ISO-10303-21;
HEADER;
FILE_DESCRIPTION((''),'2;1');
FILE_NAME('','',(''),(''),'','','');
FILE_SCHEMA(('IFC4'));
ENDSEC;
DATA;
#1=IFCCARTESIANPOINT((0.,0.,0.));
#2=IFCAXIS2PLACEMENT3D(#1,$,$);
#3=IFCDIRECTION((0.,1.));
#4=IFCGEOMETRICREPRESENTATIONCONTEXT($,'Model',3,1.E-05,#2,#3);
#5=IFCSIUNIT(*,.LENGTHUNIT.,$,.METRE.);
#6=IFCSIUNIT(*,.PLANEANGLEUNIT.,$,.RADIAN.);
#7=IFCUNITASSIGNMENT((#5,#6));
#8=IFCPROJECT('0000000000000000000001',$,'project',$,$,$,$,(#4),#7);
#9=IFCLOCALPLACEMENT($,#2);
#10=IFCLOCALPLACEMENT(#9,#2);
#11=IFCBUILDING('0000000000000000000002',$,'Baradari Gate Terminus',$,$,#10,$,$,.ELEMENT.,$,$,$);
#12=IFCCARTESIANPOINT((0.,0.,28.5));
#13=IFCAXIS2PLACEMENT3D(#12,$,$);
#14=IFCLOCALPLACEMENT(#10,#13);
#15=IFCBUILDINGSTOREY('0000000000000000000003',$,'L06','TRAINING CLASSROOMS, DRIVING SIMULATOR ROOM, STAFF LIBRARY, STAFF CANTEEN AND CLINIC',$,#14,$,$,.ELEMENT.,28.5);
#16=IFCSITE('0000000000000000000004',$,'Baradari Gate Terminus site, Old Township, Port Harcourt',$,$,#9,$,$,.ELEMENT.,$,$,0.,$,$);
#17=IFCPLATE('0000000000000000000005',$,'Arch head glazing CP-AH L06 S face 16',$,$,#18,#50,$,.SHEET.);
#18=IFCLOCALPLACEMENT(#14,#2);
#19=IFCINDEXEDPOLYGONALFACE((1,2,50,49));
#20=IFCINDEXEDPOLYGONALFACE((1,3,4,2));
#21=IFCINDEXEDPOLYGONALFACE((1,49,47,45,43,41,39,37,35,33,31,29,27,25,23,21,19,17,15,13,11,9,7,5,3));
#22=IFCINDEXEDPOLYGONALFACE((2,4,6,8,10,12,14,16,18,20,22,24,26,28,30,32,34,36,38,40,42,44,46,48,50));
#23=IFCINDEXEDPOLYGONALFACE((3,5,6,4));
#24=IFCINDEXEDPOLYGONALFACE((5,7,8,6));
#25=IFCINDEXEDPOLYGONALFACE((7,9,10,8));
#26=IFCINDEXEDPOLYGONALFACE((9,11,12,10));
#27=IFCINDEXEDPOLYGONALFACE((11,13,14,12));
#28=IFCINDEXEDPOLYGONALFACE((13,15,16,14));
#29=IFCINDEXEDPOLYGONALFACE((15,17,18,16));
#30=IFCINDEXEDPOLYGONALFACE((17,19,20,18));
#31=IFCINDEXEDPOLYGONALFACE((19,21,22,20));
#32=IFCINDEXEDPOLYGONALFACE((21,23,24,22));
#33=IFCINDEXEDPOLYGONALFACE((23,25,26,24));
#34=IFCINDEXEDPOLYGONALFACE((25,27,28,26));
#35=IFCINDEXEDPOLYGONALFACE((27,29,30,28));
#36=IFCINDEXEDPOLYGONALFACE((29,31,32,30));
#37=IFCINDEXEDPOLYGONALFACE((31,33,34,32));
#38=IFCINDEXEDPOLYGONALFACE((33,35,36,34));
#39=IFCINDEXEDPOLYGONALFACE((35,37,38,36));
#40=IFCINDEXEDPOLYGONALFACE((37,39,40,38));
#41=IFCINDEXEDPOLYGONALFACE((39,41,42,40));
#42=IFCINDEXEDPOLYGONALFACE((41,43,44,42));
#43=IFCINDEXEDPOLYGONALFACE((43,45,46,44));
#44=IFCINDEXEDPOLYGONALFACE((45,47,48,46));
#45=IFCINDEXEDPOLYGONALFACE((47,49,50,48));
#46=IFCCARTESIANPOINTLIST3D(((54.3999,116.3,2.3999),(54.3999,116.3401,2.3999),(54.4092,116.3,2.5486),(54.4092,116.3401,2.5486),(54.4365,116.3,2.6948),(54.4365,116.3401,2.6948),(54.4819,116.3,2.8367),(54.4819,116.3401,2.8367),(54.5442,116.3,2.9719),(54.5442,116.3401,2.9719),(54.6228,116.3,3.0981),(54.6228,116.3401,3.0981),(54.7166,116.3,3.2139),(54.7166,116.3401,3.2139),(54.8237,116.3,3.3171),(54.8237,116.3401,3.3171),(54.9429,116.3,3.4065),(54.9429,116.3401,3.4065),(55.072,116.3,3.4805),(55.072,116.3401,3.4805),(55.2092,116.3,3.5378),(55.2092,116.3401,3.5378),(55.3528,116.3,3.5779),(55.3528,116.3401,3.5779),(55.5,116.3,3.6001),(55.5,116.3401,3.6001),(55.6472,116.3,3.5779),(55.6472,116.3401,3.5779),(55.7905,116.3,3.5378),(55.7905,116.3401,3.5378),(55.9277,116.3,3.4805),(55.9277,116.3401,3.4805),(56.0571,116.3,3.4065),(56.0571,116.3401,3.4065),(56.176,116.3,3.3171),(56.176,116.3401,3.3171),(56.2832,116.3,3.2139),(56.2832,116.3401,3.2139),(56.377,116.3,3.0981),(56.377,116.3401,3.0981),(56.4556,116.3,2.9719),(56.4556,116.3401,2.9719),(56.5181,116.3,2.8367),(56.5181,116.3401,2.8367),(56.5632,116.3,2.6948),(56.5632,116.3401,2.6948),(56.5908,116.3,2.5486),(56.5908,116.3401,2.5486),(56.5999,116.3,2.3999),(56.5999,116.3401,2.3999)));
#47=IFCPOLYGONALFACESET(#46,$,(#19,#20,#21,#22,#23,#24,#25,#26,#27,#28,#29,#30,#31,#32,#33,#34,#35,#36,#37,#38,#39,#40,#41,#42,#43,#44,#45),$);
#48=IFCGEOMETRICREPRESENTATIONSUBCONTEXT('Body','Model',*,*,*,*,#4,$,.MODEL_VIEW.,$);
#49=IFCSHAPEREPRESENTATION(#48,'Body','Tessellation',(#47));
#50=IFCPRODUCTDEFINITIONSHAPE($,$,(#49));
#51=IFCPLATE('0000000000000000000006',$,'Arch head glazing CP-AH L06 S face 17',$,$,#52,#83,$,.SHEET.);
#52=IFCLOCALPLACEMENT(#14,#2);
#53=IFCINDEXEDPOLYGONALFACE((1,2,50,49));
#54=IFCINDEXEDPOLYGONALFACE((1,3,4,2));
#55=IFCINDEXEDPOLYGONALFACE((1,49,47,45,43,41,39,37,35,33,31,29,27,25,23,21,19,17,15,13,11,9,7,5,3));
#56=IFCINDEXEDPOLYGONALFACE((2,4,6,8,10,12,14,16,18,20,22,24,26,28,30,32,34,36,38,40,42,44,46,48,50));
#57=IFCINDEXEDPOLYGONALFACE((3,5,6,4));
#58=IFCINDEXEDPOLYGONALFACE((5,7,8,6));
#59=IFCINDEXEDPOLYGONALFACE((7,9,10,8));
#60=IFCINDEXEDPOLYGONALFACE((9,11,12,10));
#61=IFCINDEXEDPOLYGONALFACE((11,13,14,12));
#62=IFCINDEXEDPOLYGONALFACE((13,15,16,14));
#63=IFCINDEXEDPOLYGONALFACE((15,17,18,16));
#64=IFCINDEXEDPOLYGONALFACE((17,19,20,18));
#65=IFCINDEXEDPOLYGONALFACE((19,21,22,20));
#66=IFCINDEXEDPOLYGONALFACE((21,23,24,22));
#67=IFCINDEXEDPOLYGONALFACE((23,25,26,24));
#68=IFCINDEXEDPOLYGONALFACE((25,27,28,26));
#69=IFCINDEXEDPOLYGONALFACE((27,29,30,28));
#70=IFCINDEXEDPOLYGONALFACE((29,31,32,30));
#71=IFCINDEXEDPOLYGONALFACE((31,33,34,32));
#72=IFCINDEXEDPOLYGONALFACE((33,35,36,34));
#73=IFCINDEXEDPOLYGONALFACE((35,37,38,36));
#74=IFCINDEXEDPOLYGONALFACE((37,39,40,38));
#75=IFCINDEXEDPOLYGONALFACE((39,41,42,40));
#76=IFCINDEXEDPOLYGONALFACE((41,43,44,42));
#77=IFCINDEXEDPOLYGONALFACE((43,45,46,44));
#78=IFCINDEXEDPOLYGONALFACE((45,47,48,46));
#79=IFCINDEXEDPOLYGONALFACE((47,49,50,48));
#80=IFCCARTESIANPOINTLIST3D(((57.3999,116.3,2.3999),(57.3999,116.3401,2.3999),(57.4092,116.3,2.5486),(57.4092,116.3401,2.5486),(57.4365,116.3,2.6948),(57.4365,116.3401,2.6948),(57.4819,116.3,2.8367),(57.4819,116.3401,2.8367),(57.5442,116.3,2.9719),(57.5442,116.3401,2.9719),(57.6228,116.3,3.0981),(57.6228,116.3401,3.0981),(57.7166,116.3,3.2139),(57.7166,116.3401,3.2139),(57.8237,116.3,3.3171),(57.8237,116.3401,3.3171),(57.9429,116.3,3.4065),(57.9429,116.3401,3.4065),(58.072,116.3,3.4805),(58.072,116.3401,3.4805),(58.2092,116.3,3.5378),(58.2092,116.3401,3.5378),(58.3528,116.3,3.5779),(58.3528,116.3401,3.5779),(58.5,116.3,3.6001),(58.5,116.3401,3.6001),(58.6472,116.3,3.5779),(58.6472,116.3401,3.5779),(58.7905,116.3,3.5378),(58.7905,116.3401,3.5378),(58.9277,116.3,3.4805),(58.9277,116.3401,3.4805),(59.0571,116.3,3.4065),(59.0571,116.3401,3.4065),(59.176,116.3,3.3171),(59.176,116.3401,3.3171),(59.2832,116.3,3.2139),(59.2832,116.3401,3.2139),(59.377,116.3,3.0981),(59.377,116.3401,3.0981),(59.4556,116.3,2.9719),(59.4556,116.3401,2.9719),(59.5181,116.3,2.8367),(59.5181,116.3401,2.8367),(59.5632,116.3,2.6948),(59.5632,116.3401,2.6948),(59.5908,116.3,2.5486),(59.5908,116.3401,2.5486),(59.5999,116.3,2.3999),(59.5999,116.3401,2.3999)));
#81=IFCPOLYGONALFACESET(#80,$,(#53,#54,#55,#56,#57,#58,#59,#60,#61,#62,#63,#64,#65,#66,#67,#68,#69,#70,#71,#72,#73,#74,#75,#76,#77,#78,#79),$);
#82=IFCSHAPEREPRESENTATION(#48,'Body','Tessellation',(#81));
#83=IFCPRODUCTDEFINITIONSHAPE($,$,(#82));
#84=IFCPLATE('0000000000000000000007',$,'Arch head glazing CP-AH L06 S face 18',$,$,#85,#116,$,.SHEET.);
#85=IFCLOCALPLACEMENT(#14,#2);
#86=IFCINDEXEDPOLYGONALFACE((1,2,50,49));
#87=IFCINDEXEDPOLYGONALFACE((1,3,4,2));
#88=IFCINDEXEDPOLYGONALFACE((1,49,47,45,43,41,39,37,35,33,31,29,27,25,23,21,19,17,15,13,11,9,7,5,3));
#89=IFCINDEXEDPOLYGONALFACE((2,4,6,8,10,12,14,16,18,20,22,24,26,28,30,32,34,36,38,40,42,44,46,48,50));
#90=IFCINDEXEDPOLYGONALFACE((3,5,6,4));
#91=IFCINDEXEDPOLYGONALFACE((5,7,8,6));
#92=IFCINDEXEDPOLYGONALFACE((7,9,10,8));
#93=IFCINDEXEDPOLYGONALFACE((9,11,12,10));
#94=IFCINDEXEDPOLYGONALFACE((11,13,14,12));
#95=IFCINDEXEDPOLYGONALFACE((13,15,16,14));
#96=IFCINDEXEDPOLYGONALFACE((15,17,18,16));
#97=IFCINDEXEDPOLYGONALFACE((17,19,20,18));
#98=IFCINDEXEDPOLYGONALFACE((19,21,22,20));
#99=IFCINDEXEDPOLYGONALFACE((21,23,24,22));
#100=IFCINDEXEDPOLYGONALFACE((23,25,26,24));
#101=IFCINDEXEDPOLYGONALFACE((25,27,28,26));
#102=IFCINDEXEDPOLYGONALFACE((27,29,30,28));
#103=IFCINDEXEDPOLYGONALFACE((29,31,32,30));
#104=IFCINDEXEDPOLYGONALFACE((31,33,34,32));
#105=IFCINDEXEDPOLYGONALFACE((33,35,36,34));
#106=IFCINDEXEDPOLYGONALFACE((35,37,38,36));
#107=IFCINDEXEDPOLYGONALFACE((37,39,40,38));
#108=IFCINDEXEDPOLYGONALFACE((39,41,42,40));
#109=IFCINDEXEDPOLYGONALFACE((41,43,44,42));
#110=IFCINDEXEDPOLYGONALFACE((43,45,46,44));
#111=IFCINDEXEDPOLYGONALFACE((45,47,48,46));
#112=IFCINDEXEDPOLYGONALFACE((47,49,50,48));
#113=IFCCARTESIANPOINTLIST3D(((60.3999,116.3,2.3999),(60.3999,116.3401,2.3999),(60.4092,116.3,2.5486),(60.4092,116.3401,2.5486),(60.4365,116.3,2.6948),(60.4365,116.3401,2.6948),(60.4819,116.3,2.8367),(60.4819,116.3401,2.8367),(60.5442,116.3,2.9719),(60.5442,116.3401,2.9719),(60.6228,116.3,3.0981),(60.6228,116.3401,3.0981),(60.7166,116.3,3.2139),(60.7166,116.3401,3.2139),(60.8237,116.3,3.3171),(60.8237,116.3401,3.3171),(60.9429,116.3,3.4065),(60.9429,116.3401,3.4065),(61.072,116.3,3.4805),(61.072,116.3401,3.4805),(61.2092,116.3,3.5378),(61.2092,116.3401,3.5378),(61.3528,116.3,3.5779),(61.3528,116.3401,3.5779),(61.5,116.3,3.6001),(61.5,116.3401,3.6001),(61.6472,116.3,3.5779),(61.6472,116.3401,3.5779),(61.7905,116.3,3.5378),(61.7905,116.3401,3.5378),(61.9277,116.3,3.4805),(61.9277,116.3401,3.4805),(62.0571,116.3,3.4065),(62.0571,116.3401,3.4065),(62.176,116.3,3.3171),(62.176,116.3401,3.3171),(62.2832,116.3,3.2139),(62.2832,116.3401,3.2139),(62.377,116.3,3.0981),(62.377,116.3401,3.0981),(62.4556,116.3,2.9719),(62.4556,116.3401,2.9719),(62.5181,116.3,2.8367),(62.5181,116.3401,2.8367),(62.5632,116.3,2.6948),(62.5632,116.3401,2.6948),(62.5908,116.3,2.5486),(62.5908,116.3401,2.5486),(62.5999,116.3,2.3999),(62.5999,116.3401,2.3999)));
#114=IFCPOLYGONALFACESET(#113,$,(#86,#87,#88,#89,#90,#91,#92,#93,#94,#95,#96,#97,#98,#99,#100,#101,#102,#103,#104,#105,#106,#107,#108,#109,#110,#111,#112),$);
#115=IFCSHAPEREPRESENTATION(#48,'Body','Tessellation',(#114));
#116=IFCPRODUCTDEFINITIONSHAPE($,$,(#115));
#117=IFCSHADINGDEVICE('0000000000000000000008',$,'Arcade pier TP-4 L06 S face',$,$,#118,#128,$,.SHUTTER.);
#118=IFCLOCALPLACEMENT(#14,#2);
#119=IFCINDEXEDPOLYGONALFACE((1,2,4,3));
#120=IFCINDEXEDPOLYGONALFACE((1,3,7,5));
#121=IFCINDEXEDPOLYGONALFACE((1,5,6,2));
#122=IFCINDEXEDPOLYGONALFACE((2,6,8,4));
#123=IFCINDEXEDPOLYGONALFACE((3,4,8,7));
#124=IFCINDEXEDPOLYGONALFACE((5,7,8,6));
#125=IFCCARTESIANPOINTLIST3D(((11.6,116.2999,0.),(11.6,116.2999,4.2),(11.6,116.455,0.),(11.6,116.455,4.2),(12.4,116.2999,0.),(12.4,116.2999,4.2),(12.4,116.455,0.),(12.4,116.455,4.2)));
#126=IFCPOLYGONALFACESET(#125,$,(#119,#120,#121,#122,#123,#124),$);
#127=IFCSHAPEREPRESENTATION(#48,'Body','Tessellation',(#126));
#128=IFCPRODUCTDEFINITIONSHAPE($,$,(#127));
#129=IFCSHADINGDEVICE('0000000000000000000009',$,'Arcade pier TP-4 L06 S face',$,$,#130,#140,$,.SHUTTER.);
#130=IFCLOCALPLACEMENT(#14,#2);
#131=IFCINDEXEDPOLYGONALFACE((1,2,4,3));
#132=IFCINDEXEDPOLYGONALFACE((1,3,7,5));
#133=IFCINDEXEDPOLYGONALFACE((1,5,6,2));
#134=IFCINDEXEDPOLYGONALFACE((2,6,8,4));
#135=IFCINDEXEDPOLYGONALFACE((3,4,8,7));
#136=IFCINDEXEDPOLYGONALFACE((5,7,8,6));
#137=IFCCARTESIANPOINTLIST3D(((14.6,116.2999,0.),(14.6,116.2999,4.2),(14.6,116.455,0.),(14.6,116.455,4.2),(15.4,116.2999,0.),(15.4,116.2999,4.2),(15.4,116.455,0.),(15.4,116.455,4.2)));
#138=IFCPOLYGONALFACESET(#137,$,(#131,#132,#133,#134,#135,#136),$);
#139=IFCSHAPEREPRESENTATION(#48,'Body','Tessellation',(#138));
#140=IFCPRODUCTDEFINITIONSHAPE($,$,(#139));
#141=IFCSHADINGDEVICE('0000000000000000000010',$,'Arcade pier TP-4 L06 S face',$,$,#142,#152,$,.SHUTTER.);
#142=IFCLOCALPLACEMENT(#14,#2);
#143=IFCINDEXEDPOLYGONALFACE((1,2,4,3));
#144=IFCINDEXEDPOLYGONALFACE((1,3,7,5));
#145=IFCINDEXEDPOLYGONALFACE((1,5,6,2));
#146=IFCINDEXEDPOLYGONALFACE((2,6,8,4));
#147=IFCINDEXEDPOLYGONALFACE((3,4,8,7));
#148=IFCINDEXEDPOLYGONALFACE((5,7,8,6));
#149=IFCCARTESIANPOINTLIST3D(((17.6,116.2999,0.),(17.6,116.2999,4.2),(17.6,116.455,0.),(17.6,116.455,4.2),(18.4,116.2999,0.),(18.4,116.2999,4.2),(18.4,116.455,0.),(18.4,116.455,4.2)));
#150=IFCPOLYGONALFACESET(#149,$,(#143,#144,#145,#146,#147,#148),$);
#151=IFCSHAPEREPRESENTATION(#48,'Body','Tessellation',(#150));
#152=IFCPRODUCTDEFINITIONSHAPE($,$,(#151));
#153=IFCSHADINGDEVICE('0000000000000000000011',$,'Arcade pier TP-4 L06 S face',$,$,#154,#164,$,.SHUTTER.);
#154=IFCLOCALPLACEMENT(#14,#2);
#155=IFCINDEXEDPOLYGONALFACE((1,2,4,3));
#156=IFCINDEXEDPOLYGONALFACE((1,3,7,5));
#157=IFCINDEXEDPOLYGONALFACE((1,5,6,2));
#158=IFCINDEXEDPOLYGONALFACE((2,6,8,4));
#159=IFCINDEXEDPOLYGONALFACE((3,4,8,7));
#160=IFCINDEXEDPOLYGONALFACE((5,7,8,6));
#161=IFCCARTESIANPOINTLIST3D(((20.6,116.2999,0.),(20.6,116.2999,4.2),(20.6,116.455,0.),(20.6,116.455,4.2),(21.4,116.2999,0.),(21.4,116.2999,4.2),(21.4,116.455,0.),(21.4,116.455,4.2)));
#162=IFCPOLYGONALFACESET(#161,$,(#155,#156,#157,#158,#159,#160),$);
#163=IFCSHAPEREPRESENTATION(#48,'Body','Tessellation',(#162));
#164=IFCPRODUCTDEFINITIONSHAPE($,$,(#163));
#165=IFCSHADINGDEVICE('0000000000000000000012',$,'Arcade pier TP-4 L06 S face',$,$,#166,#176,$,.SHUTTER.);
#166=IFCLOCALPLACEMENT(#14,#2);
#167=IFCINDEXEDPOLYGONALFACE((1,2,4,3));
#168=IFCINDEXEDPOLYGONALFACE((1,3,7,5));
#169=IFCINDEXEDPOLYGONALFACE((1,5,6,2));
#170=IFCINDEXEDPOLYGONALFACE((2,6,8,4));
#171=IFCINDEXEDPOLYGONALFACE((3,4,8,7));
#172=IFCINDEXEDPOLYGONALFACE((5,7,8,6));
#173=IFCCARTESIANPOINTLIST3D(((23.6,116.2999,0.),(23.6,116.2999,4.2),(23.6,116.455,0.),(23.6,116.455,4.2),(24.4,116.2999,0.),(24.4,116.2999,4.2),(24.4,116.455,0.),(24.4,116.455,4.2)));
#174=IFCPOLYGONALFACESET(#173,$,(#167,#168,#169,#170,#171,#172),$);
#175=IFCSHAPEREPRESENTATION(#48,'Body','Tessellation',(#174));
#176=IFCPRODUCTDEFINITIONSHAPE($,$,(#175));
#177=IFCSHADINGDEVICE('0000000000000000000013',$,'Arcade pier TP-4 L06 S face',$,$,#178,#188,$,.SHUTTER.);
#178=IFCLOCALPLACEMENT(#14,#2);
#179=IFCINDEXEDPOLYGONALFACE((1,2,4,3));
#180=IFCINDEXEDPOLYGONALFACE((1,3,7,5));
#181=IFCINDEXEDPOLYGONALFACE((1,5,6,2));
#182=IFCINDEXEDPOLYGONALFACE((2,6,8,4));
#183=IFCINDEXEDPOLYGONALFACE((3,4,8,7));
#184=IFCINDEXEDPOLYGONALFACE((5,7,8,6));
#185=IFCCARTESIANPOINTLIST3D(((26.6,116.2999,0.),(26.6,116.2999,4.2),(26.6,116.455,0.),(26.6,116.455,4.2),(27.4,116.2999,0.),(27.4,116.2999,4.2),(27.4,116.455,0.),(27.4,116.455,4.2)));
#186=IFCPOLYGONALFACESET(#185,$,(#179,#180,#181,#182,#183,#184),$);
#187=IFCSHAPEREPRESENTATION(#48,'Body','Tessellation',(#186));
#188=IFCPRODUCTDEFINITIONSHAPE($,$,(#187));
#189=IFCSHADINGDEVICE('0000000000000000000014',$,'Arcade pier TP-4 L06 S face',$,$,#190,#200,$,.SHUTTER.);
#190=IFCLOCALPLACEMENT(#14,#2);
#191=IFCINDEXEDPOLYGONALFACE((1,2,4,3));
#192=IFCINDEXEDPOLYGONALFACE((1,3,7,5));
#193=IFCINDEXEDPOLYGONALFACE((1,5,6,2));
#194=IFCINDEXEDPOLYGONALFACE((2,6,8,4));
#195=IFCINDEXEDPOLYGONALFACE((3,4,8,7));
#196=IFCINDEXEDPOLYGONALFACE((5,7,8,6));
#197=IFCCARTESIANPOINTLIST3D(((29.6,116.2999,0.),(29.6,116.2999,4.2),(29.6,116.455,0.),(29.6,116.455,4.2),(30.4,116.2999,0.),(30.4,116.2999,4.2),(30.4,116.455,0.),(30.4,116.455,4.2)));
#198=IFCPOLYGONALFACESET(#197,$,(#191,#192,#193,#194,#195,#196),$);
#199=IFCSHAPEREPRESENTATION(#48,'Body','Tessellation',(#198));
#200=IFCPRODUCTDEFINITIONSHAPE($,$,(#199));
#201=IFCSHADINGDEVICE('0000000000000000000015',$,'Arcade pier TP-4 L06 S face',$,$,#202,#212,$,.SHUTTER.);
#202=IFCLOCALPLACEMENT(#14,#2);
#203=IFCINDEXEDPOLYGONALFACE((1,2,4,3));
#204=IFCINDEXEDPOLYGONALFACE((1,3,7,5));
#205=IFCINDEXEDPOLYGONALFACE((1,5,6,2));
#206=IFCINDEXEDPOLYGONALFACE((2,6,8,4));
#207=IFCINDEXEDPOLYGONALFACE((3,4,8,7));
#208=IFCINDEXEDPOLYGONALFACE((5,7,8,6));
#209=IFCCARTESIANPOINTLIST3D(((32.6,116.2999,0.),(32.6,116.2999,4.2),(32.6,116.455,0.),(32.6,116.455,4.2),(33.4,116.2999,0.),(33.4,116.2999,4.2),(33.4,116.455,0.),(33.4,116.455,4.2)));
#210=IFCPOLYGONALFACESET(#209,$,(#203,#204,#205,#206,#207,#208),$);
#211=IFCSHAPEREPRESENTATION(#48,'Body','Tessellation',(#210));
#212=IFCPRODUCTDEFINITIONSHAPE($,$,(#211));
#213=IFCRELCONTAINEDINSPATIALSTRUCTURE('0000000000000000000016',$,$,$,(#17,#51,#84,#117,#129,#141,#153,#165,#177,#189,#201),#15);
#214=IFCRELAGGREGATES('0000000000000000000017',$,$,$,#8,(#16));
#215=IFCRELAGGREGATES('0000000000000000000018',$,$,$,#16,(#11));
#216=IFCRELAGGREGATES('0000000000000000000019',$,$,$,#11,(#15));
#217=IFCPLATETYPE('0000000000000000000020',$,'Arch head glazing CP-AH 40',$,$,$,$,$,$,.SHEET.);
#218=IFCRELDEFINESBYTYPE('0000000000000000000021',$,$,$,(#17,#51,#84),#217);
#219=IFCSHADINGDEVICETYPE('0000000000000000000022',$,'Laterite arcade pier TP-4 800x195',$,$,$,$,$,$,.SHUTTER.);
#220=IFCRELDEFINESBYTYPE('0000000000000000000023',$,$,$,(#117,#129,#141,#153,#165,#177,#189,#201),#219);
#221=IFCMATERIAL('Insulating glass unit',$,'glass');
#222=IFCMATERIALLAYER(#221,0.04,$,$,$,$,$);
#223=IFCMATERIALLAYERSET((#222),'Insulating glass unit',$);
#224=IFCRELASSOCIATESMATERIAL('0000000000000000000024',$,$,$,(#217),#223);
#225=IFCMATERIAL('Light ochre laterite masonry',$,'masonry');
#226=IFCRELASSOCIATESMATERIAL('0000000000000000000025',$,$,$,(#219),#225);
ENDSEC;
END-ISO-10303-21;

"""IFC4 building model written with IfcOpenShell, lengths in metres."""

from ifc_helpers import new_model, si_unit, direction, frame, origin, origin_2d, place, context, subcontext, project, spatial, polyline, rectangle, outline, extrude, material, layer, layer_set, type_object, element, save


model = new_model("IFC4")

# Units and contexts
model_context = context("Model", 3, precision=1e-05, world=origin(), true_north=direction((0.0, 1.0)))
body_context = subcontext(model_context, "Body", "Model", "MODEL_VIEW")
ifc_project = project(units=[si_unit("LENGTHUNIT", "METRE"), si_unit("PLANEANGLEUNIT", "RADIAN")], contexts=[model_context])

# Site, building, storey
site_placement = place(None, origin())
site = spatial("IfcSite", under=ifc_project, at=site_placement, Name="Baradari Gate Terminus site, Old Township, Port Harcourt", CompositionType="ELEMENT", RefElevation=0.0)
building_placement = place(site_placement, origin())
building = spatial("IfcBuilding", under=site, at=building_placement, Name="Baradari Gate Terminus", CompositionType="ELEMENT")
storey_placement = place(building_placement, frame((0.0, 0.0, 28.5)))
storey = spatial("IfcBuildingStorey", under=building, at=storey_placement, Name="L06", Description="TRAINING CLASSROOMS, DRIVING SIMULATOR ROOM, STAFF LIBRARY, STAFF CANTEEN AND CLINIC", CompositionType="ELEMENT", Elevation=28.5)

# Plates
ifc_material_1 = material(Name="Insulating glass unit", Category="glass")
ifc_layer = layer(ifc_material_1, 0.04)
ifc_layer_set = layer_set([ifc_layer], Name="Insulating glass unit")
plate_type = type_object("IfcPlateType", Name="Arch head glazing CP-AH 40", PredefinedType="SHEET", material=ifc_layer_set)
for number, where, z_axis, x_axis, name in (
    (1, (54.3999, 116.3201, 2.3999), (0.0, 0.0, 1.0), (1.0, 0.0, 0.0), "Arch head glazing CP-AH L06 S face 16"),
    (2, (57.3999, 116.3201, 2.3999), (0.0, 0.0, 1.0), (1.0, 0.0, 0.0), "Arch head glazing CP-AH L06 S face 17"),
    (3, (60.3999, 116.3201, 2.3999), (0.0, 0.0, 1.0), (1.0, 0.0, 0.0), "Arch head glazing CP-AH L06 S face 18"),
):
    element("IfcPlate", number, at=place(storey_placement, frame(where, z_axis=z_axis, x_axis=x_axis)), inside=storey, type_object=plate_type, Name=name, PredefinedType="SHEET", context=body_context, shape_type="SweptSolid", body=[
        extrude(outline(polyline([(0.0, 0.0), (2.2, 0.0), (2.1909, 0.1487), (2.1633, 0.2949), (2.1182, 0.4368), (2.0557, 0.572), (1.9771, 0.6982), (1.8833, 0.814), (1.7761, 0.9172), (1.6572, 1.0066), (1.5278, 1.0806), (1.3906, 1.1379), (1.2473, 1.178), (1.1001, 1.2002), (0.9529, 1.178), (0.8093, 1.1379), (0.6721, 1.0806), (0.543, 1.0066), (0.4238, 0.9172), (0.3167, 0.814), (0.2229, 0.6982), (0.1443, 0.572), (0.082, 0.4368), (0.0366, 0.2949), (0.0093, 0.1487), (0.0, 0.0)])), frame((0.0, 0.02, 0.0), z_axis=(0.0, -1.0, 0.0), x_axis=(1.0, 0.0, 0.0)), (0.0, 0.0, 1.0), 0.04),
    ])

# Shading devices
ifc_material_2 = material(Name="Light ochre laterite masonry", Category="masonry")
shading_device_type = type_object("IfcShadingDeviceType", Name="Laterite arcade pier TP-4 800x195", PredefinedType="SHUTTER", material=ifc_material_2)
for number, where, z_axis, x_axis, name in (
    (4, (12.0, 116.3774, 0.0), (0.0, 0.0, 1.0), (1.0, 0.0, 0.0), "Arcade pier TP-4 L06 S face"),
    (5, (15.0, 116.3774, 0.0), (0.0, 0.0, 1.0), (1.0, 0.0, 0.0), "Arcade pier TP-4 L06 S face"),
    (6, (18.0, 116.3774, 0.0), (0.0, 0.0, 1.0), (1.0, 0.0, 0.0), "Arcade pier TP-4 L06 S face"),
    (7, (21.0, 116.3774, 0.0), (0.0, 0.0, 1.0), (1.0, 0.0, 0.0), "Arcade pier TP-4 L06 S face"),
    (8, (24.0, 116.3774, 0.0), (0.0, 0.0, 1.0), (1.0, 0.0, 0.0), "Arcade pier TP-4 L06 S face"),
    (9, (27.0, 116.3774, 0.0), (0.0, 0.0, 1.0), (1.0, 0.0, 0.0), "Arcade pier TP-4 L06 S face"),
    (10, (30.0, 116.3774, 0.0), (0.0, 0.0, 1.0), (1.0, 0.0, 0.0), "Arcade pier TP-4 L06 S face"),
    (11, (33.0, 116.3774, 0.0), (0.0, 0.0, 1.0), (1.0, 0.0, 0.0), "Arcade pier TP-4 L06 S face"),
):
    element("IfcShadingDevice", number, at=place(storey_placement, frame(where, z_axis=z_axis, x_axis=x_axis)), inside=storey, type_object=shading_device_type, Name=name, PredefinedType="SHUTTER", context=body_context, shape_type="SweptSolid", body=[
        extrude(rectangle(XDim=0.8, YDim=0.155, at=origin_2d()), origin(), (0.0, 0.0, 1.0), 4.2),
    ])

save(model, "model.ifc")
